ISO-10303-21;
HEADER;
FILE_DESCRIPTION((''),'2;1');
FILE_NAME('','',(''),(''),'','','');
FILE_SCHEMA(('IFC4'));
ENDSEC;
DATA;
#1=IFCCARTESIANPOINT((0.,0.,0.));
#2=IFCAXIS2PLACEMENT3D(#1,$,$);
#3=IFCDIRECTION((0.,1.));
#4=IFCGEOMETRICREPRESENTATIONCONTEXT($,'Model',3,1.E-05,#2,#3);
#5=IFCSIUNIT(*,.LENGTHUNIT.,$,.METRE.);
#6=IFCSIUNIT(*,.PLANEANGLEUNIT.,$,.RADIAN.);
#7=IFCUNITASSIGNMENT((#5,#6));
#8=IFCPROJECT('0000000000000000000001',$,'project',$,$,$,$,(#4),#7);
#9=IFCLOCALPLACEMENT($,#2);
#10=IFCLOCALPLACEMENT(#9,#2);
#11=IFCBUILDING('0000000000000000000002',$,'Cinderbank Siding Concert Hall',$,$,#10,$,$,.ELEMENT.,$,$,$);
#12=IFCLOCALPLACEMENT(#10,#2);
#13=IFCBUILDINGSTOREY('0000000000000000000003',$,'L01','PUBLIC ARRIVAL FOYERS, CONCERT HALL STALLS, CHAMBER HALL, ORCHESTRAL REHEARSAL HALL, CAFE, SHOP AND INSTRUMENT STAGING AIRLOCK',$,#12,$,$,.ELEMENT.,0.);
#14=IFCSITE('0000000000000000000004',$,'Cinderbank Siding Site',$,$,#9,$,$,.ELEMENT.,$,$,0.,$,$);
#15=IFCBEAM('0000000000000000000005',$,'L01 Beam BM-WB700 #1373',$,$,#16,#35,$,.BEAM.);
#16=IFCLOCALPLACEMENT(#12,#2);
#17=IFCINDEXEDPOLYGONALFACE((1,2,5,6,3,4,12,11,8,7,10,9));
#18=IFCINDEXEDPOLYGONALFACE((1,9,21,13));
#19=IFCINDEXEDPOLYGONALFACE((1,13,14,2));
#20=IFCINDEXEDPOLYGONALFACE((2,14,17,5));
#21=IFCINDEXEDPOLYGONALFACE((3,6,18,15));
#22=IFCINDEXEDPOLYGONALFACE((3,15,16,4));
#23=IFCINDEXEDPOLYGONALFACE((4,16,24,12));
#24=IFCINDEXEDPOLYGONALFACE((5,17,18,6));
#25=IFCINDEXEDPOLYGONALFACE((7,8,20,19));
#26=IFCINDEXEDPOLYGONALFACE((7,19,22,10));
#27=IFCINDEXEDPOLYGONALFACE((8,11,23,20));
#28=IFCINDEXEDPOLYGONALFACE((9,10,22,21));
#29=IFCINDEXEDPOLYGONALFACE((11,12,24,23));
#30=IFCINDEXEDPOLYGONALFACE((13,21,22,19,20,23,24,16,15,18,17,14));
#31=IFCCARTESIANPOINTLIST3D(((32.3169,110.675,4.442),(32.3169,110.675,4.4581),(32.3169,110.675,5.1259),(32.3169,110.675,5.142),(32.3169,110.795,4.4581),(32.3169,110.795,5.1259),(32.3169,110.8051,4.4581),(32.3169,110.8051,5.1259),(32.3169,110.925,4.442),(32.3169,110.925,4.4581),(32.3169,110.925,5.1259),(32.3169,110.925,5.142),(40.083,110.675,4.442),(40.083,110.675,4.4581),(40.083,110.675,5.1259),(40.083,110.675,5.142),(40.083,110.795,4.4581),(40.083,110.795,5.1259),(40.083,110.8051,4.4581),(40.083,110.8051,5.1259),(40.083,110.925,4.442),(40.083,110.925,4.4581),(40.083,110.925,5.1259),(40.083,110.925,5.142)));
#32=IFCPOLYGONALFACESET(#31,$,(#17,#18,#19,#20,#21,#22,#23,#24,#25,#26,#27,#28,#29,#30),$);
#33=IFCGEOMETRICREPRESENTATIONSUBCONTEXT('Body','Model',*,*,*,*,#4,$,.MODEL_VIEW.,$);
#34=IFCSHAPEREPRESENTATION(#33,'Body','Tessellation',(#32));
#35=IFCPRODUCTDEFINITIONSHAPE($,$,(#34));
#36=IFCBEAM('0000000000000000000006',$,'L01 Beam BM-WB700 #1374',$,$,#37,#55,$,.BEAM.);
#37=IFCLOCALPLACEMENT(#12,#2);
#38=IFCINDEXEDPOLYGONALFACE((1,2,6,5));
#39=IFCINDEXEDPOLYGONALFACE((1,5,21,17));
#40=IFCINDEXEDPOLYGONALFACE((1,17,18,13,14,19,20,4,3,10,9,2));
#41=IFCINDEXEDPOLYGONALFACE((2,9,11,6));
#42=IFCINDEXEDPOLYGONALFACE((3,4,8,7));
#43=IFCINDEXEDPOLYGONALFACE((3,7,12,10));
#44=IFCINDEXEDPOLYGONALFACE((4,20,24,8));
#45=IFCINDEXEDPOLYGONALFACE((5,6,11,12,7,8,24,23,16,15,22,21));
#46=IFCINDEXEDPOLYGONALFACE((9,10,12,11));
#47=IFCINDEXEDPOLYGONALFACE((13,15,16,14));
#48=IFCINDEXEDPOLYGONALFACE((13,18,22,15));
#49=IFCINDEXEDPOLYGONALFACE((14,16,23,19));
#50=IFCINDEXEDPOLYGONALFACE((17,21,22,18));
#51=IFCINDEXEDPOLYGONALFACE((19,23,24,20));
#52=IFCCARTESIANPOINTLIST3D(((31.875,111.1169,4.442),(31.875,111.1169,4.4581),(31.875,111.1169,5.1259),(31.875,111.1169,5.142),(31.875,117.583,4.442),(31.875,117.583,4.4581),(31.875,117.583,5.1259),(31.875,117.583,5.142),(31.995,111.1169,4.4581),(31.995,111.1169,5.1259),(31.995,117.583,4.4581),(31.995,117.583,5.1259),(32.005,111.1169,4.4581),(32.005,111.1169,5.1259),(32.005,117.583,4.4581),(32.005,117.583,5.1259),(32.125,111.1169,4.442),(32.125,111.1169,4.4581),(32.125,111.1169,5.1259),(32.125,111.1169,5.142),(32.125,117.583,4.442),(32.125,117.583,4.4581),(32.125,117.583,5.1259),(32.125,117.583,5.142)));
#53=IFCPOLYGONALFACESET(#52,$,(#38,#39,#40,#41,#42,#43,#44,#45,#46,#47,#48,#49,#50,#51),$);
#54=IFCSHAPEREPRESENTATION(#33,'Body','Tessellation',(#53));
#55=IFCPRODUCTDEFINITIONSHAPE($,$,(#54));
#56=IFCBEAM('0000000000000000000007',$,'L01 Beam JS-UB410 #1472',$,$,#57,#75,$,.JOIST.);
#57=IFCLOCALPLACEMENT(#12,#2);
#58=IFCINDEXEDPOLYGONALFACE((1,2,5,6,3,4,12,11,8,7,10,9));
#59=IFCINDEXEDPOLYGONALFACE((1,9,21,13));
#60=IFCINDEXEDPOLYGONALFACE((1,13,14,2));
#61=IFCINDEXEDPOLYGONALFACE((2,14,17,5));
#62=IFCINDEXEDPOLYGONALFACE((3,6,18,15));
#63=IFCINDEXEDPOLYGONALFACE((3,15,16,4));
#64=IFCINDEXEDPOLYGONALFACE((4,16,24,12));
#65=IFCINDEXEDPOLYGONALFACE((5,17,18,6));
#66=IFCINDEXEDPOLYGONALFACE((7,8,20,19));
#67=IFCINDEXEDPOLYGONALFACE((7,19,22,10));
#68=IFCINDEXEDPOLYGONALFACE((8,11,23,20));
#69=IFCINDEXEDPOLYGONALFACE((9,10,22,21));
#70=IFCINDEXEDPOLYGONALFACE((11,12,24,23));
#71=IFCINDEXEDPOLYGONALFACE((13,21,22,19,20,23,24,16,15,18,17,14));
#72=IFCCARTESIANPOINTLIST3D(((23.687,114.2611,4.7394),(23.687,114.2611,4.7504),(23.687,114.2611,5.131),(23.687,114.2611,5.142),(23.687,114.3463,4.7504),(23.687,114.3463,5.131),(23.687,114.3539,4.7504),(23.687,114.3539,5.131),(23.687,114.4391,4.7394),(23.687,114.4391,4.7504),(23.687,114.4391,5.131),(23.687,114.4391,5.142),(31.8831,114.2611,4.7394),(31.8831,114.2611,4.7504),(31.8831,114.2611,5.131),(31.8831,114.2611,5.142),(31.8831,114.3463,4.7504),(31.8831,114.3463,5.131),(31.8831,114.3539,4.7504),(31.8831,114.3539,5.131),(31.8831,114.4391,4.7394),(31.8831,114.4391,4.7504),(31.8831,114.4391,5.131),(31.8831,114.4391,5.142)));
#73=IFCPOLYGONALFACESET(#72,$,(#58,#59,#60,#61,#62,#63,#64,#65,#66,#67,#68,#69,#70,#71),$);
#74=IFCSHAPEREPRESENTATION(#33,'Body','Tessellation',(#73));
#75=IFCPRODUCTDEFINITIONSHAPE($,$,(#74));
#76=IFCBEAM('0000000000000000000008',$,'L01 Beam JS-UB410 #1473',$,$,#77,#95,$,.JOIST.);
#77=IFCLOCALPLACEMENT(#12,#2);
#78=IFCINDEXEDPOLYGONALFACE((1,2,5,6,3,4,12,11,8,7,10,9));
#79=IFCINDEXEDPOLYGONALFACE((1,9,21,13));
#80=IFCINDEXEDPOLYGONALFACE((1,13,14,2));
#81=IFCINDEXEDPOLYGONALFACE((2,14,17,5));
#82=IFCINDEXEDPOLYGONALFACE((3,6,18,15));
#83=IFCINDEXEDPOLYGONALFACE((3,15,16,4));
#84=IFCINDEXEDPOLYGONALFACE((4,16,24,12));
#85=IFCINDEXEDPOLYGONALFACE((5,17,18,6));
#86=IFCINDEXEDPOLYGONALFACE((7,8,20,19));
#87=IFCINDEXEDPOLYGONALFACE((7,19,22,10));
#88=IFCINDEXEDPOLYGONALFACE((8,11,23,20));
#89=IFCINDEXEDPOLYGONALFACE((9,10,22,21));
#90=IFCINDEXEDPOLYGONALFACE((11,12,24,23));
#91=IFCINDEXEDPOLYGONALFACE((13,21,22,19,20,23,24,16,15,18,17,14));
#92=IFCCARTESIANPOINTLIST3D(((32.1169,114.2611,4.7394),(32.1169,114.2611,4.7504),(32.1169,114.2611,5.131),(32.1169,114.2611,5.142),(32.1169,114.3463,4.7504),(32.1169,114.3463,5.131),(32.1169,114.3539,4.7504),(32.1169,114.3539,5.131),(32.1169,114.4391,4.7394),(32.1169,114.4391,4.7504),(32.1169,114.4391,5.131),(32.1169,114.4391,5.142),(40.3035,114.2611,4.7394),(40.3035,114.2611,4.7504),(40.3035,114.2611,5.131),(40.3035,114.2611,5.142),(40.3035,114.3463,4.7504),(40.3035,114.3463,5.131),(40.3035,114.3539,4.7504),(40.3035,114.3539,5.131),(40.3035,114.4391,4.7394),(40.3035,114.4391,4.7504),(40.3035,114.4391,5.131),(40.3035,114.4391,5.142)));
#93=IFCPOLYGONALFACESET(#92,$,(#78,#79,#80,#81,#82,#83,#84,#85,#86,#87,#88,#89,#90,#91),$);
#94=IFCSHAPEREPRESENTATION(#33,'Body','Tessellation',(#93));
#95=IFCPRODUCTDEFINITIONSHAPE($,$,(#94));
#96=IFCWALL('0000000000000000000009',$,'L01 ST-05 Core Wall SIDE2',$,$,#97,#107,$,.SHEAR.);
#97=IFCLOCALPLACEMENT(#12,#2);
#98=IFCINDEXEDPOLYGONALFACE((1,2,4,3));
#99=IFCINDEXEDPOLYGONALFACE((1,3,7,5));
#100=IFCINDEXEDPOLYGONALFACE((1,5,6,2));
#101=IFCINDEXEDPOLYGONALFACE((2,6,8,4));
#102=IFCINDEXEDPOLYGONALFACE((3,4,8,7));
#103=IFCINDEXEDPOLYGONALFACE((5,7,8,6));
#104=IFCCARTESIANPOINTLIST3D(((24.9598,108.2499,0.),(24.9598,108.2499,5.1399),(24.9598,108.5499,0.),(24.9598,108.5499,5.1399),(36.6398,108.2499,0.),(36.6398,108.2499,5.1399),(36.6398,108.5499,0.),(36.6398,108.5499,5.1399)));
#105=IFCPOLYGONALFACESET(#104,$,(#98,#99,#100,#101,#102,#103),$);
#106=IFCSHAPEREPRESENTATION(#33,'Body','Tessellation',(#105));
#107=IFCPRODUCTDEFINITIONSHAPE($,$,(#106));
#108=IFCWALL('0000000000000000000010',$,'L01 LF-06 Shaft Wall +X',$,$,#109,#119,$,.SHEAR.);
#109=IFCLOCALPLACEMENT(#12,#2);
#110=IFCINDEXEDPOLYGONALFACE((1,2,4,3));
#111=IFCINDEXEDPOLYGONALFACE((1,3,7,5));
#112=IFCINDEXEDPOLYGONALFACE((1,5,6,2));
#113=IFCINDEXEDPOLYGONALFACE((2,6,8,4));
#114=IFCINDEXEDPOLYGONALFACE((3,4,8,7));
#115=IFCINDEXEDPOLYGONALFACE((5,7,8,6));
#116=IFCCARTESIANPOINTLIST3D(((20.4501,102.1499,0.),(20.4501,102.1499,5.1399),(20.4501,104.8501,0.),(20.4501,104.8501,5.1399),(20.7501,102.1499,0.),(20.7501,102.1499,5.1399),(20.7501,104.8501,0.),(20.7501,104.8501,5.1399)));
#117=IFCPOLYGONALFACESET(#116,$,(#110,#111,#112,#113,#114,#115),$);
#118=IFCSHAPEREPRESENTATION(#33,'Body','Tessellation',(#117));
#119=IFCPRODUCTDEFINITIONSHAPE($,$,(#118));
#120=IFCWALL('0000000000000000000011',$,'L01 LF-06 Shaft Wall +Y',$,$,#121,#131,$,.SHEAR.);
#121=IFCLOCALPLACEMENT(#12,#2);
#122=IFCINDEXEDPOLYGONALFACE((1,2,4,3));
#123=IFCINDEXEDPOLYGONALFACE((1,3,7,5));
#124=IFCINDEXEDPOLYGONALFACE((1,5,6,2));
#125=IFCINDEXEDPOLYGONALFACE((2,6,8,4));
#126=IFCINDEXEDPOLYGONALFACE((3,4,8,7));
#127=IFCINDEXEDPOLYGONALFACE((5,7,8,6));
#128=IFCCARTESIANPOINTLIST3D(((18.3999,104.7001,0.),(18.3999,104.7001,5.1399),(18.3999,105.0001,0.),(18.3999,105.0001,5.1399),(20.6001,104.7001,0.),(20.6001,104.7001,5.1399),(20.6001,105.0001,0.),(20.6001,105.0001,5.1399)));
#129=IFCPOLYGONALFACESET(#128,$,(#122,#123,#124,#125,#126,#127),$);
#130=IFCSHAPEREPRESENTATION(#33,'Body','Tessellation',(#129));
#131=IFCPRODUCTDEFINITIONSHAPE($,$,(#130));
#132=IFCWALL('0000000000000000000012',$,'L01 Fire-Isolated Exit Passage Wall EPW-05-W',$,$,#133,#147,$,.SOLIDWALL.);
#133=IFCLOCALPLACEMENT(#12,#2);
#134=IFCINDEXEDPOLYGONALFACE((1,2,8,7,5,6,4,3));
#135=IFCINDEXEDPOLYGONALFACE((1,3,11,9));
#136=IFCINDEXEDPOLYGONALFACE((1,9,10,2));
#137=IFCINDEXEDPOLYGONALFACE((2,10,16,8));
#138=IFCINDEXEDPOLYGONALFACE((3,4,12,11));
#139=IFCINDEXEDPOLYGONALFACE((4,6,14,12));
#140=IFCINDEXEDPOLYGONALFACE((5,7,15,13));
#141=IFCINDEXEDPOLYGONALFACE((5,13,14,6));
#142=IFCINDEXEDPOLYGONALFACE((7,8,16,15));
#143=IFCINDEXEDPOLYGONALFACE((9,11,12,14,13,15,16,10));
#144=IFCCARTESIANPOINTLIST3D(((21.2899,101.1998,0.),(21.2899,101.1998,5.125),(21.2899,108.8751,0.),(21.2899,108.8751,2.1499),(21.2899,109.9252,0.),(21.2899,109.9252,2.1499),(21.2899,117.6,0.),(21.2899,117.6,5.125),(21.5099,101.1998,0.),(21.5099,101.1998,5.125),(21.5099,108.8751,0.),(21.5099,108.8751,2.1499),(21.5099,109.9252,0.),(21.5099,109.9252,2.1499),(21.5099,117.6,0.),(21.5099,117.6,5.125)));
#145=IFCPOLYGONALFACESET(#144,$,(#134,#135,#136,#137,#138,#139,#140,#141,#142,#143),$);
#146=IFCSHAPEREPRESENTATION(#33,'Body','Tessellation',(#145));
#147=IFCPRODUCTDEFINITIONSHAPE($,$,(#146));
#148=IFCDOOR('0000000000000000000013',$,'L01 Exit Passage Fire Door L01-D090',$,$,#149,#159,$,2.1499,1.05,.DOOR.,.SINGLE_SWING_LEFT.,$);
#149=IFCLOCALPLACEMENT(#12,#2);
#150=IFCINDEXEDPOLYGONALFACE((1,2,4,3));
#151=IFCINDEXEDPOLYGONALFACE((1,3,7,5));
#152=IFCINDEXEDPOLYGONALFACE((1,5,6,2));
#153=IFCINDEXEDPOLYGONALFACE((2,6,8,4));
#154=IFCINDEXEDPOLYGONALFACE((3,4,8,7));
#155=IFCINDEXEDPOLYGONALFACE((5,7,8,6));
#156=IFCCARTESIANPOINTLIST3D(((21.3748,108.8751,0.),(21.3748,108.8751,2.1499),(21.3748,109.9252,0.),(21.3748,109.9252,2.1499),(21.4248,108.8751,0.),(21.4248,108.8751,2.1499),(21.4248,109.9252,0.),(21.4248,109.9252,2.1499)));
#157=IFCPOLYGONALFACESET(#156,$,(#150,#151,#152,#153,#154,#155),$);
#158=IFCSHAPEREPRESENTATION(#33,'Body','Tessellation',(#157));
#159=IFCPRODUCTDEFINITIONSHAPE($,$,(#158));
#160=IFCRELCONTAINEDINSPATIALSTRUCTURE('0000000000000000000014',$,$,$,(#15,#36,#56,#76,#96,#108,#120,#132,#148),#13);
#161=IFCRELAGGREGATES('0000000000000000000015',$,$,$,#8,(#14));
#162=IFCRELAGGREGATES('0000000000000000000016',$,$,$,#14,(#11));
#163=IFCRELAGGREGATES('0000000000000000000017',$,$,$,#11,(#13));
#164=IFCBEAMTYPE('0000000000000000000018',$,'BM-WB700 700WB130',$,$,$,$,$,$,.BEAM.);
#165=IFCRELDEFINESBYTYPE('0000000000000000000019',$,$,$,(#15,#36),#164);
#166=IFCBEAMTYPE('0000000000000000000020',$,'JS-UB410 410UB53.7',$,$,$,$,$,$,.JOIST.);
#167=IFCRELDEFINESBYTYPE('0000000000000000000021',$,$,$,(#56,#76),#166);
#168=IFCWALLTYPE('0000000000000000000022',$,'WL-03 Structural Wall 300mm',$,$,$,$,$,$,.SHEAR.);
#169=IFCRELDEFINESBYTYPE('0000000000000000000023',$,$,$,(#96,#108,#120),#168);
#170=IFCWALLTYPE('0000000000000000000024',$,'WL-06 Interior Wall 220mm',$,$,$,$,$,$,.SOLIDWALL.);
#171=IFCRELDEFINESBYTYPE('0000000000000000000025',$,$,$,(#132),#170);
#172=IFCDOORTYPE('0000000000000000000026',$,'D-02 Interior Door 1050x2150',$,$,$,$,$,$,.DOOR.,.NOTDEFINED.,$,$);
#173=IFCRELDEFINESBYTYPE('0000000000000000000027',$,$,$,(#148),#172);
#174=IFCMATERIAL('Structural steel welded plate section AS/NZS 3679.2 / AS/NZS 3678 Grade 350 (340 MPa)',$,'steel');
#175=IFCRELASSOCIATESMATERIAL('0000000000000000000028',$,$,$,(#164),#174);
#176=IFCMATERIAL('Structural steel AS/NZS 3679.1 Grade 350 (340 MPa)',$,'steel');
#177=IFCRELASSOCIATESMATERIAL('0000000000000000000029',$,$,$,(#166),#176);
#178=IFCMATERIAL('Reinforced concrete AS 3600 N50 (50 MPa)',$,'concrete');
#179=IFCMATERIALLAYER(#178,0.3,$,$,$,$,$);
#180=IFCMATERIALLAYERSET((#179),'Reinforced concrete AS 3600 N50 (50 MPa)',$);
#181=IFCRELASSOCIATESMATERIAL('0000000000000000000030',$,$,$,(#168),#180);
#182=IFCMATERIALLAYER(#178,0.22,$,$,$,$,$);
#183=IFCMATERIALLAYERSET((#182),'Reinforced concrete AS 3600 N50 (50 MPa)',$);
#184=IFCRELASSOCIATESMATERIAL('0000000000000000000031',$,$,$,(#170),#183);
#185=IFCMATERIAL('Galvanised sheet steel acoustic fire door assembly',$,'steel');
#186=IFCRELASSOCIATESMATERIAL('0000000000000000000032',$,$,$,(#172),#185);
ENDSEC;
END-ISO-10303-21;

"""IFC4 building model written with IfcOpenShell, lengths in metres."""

from ifc_helpers import new_model, si_unit, direction, frame, frame_2d, origin, origin_2d, place, context, subcontext, project, spatial, rectangle, i_section, extrude, material, layer, layer_set, material_profile, profile_set, type_object, element, fill, save


model = new_model("IFC4")

# Units and contexts
model_context = context("Model", 3, precision=1e-05, world=origin(), true_north=direction((0.0, 1.0)))
body_context = subcontext(model_context, "Body", "Model", "MODEL_VIEW")
ifc_project = project(units=[si_unit("LENGTHUNIT", "METRE"), si_unit("PLANEANGLEUNIT", "RADIAN")], contexts=[model_context])

# Site, building, storey
site_placement = place(None, origin())
site = spatial("IfcSite", under=ifc_project, at=site_placement, Name="Cinderbank Siding Site", CompositionType="ELEMENT", RefElevation=0.0)
building_placement = place(site_placement, origin())
building = spatial("IfcBuilding", under=site, at=building_placement, Name="Cinderbank Siding Concert Hall", CompositionType="ELEMENT")
storey_placement = place(building_placement, origin())
storey = spatial("IfcBuildingStorey", under=building, at=storey_placement, Name="L01", Description="PUBLIC ARRIVAL FOYERS, CONCERT HALL STALLS, CHAMBER HALL, ORCHESTRAL REHEARSAL HALL, CAFE, SHOP AND INSTRUMENT STAGING AIRLOCK", CompositionType="ELEMENT", Elevation=0.0)

# Shared definitions
ifc_material_1 = material(Name="Reinforced concrete AS 3600 N50 (50 MPa)", Category="concrete")

# Beams
ifc_material_2 = material(Name="Structural steel AS/NZS 3679.1 Grade 350 (340 MPa)", Category="steel")
ifc_material_3 = material(Name="Structural steel welded plate section AS/NZS 3679.2 / AS/NZS 3678 Grade 350 (340 MPa)", Category="steel")
ifc_material_profile_1 = material_profile(ifc_material_3, i_section(OverallWidth=0.25, OverallDepth=0.7, WebThickness=0.01, FlangeThickness=0.0161, at=origin_2d()), Name="700WB130", Category="LoadBearing")
ifc_profile_set_1 = profile_set([ifc_material_profile_1], Name="Structural steel welded plate section AS/NZS 3679.2 / AS/NZS 3678 Grade 350 (340 MPa)")
beam_type_1 = type_object("IfcBeamType", Name="BM-WB700 700WB130", PredefinedType="BEAM", material=ifc_profile_set_1)
beam_1_placement = place(storey_placement, frame((32.3169, 110.8, 4.792), z_axis=(1.0, 0.0, 0.0), x_axis=(0.0, 1.0, 0.0)))
element("IfcBeam", 1, at=beam_1_placement, inside=storey, type_object=beam_type_1, Name="L01 Beam BM-WB700 #1373", PredefinedType="BEAM", context=body_context, shape_type="SweptSolid", body=[
    extrude(i_section(OverallWidth=0.25, OverallDepth=0.7, WebThickness=0.01, FlangeThickness=0.0161, at=origin_2d()), origin(), (0.0, 0.0, 1.0), 7.7661),
])
beam_2_placement = place(storey_placement, frame((32.0, 111.1169, 4.792), z_axis=(0.0, 1.0, 0.0), x_axis=(-1.0, 0.0, 0.0)))
element("IfcBeam", 2, at=beam_2_placement, inside=storey, type_object=beam_type_1, Name="L01 Beam BM-WB700 #1374", PredefinedType="BEAM", context=body_context, shape_type="SweptSolid", body=[
    extrude(i_section(OverallWidth=0.25, OverallDepth=0.7, WebThickness=0.01, FlangeThickness=0.0161, at=origin_2d()), origin(), (0.0, 0.0, 1.0), 6.4661),
])
ifc_material_profile_2 = material_profile(ifc_material_2, i_section(OverallWidth=0.178, OverallDepth=0.4026, WebThickness=0.0076, FlangeThickness=0.011, at=origin_2d()), Name="410UB53.7", Category="LoadBearing")
ifc_profile_set_2 = profile_set([ifc_material_profile_2], Name="Structural steel AS/NZS 3679.1 Grade 350 (340 MPa)")
beam_type_2 = type_object("IfcBeamType", Name="JS-UB410 410UB53.7", PredefinedType="JOIST", material=ifc_profile_set_2)
beam_3_placement = place(storey_placement, frame((23.687, 114.3501, 4.9407), z_axis=(1.0, 0.0, 0.0), x_axis=(0.0, 1.0, 0.0)))
element("IfcBeam", 3, at=beam_3_placement, inside=storey, type_object=beam_type_2, Name="L01 Beam JS-UB410 #1472", PredefinedType="JOIST", context=body_context, shape_type="SweptSolid", body=[
    extrude(i_section(OverallWidth=0.178, OverallDepth=0.4026, WebThickness=0.0076, FlangeThickness=0.011, at=origin_2d()), origin(), (0.0, 0.0, 1.0), 8.196),
])
beam_4_placement = place(storey_placement, frame((32.1169, 114.3501, 4.9407), z_axis=(1.0, 0.0, 0.0), x_axis=(0.0, 1.0, 0.0)))
element("IfcBeam", 4, at=beam_4_placement, inside=storey, type_object=beam_type_2, Name="L01 Beam JS-UB410 #1473", PredefinedType="JOIST", context=body_context, shape_type="SweptSolid", body=[
    extrude(i_section(OverallWidth=0.178, OverallDepth=0.4026, WebThickness=0.0076, FlangeThickness=0.011, at=origin_2d()), origin(), (0.0, 0.0, 1.0), 8.1865),
])

# Walls
ifc_layer_1 = layer(ifc_material_1, 0.3)
ifc_layer_set_1 = layer_set([ifc_layer_1], Name="Reinforced concrete AS 3600 N50 (50 MPa)")
wall_type_1 = type_object("IfcWallType", Name="WL-03 Structural Wall 300mm", PredefinedType="SHEAR", material=ifc_layer_set_1)
wall_1_placement = place(storey_placement, frame((24.96, 108.3999, 0.0), z_axis=(0.0, 0.0, 1.0), x_axis=(1.0, 0.0, 0.0)))
element("IfcWall", 5, at=wall_1_placement, inside=storey, type_object=wall_type_1, Name="L01 ST-05 Core Wall SIDE2", PredefinedType="SHEAR", context=body_context, shape_type="SweptSolid", body=[
    extrude(rectangle(XDim=11.6799, YDim=0.3, at=frame_2d((5.8398, 0.0))), origin(), (0.0, 0.0, 1.0), 5.1399),
])
wall_2_placement = place(storey_placement, frame((20.6001, 104.8501, 0.0), z_axis=(0.0, 0.0, 1.0), x_axis=(0.0, -1.0, 0.0)))
element("IfcWall", 6, at=wall_2_placement, inside=storey, type_object=wall_type_1, Name="L01 LF-06 Shaft Wall +X", PredefinedType="SHEAR", context=body_context, shape_type="SweptSolid", body=[
    extrude(rectangle(XDim=2.7002, YDim=0.3, at=frame_2d((1.3501, 0.0))), origin(), (0.0, 0.0, 1.0), 5.1399),
])
wall_3_placement = place(storey_placement, frame((18.3999, 104.8501, 0.0), z_axis=(0.0, 0.0, 1.0), x_axis=(1.0, 0.0, 0.0)))
element("IfcWall", 7, at=wall_3_placement, inside=storey, type_object=wall_type_1, Name="L01 LF-06 Shaft Wall +Y", PredefinedType="SHEAR", context=body_context, shape_type="SweptSolid", body=[
    extrude(rectangle(XDim=2.2002, YDim=0.3, at=frame_2d((1.1001, 0.0))), origin(), (0.0, 0.0, 1.0), 5.1399),
])

# Wall, opening, door
ifc_layer_2 = layer(ifc_material_1, 0.22)
ifc_layer_set_2 = layer_set([ifc_layer_2], Name="Reinforced concrete AS 3600 N50 (50 MPa)")
wall_type_2 = type_object("IfcWallType", Name="WL-06 Interior Wall 220mm", PredefinedType="SOLIDWALL", material=ifc_layer_set_2)
wall_4_placement = place(storey_placement, frame((21.3999, 117.6001, 0.0), z_axis=(0.0, 0.0, 1.0), x_axis=(0.0, -1.0, 0.0)))
wall_4 = element("IfcWall", 8, at=wall_4_placement, inside=storey, type_object=wall_type_2, Name="L01 Fire-Isolated Exit Passage Wall EPW-05-W", PredefinedType="SOLIDWALL", context=body_context, shape_type="SweptSolid", body=[
    extrude(rectangle(XDim=16.4001, YDim=0.22, at=frame_2d((8.2002, 0.0))), origin(), (0.0, 0.0, 1.0), 5.125),
])
opening_1_placement = place(wall_4_placement, frame((7.675, 0.0, 0.0)))
opening_1 = element("IfcOpeningElement", 9, at=opening_1_placement, cuts=wall_4, PredefinedType="OPENING", context=body_context, shape_type="SweptSolid", body=[
    extrude(rectangle(XDim=1.05, YDim=2.1499, at=frame_2d((0.5249, 1.075))), frame((0.0, 0.1221, 0.0), z_axis=(0.0, -1.0, 0.0), x_axis=(1.0, 0.0, 0.0)), (0.0, 0.0, 1.0), 0.2439),
])
ifc_material_4 = material(Name="Galvanised sheet steel acoustic fire door assembly", Category="steel")
door_type_1 = type_object("IfcDoorType", Name="D-02 Interior Door 1050x2150", OperationType="NOTDEFINED", PredefinedType="DOOR", material=ifc_material_4)
door_1_placement = place(opening_1_placement, origin())
door_1 = element("IfcDoor", 10, at=door_1_placement, inside=storey, type_object=door_type_1, Name="L01 Exit Passage Fire Door L01-D090", OperationType="SINGLE_SWING_LEFT", OverallHeight=2.1499, OverallWidth=1.05, PredefinedType="DOOR", context=body_context, shape_type="SweptSolid", body=[
    extrude(rectangle(XDim=1.05, YDim=2.1499, at=frame_2d((0.5249, 1.075))), frame((0.0, 0.0249, 0.0), z_axis=(0.0, -1.0, 0.0), x_axis=(1.0, 0.0, 0.0)), (0.0, 0.0, 1.0), 0.05),
])
fill(opening_1, door_1)

save(model, "model.ifc")
